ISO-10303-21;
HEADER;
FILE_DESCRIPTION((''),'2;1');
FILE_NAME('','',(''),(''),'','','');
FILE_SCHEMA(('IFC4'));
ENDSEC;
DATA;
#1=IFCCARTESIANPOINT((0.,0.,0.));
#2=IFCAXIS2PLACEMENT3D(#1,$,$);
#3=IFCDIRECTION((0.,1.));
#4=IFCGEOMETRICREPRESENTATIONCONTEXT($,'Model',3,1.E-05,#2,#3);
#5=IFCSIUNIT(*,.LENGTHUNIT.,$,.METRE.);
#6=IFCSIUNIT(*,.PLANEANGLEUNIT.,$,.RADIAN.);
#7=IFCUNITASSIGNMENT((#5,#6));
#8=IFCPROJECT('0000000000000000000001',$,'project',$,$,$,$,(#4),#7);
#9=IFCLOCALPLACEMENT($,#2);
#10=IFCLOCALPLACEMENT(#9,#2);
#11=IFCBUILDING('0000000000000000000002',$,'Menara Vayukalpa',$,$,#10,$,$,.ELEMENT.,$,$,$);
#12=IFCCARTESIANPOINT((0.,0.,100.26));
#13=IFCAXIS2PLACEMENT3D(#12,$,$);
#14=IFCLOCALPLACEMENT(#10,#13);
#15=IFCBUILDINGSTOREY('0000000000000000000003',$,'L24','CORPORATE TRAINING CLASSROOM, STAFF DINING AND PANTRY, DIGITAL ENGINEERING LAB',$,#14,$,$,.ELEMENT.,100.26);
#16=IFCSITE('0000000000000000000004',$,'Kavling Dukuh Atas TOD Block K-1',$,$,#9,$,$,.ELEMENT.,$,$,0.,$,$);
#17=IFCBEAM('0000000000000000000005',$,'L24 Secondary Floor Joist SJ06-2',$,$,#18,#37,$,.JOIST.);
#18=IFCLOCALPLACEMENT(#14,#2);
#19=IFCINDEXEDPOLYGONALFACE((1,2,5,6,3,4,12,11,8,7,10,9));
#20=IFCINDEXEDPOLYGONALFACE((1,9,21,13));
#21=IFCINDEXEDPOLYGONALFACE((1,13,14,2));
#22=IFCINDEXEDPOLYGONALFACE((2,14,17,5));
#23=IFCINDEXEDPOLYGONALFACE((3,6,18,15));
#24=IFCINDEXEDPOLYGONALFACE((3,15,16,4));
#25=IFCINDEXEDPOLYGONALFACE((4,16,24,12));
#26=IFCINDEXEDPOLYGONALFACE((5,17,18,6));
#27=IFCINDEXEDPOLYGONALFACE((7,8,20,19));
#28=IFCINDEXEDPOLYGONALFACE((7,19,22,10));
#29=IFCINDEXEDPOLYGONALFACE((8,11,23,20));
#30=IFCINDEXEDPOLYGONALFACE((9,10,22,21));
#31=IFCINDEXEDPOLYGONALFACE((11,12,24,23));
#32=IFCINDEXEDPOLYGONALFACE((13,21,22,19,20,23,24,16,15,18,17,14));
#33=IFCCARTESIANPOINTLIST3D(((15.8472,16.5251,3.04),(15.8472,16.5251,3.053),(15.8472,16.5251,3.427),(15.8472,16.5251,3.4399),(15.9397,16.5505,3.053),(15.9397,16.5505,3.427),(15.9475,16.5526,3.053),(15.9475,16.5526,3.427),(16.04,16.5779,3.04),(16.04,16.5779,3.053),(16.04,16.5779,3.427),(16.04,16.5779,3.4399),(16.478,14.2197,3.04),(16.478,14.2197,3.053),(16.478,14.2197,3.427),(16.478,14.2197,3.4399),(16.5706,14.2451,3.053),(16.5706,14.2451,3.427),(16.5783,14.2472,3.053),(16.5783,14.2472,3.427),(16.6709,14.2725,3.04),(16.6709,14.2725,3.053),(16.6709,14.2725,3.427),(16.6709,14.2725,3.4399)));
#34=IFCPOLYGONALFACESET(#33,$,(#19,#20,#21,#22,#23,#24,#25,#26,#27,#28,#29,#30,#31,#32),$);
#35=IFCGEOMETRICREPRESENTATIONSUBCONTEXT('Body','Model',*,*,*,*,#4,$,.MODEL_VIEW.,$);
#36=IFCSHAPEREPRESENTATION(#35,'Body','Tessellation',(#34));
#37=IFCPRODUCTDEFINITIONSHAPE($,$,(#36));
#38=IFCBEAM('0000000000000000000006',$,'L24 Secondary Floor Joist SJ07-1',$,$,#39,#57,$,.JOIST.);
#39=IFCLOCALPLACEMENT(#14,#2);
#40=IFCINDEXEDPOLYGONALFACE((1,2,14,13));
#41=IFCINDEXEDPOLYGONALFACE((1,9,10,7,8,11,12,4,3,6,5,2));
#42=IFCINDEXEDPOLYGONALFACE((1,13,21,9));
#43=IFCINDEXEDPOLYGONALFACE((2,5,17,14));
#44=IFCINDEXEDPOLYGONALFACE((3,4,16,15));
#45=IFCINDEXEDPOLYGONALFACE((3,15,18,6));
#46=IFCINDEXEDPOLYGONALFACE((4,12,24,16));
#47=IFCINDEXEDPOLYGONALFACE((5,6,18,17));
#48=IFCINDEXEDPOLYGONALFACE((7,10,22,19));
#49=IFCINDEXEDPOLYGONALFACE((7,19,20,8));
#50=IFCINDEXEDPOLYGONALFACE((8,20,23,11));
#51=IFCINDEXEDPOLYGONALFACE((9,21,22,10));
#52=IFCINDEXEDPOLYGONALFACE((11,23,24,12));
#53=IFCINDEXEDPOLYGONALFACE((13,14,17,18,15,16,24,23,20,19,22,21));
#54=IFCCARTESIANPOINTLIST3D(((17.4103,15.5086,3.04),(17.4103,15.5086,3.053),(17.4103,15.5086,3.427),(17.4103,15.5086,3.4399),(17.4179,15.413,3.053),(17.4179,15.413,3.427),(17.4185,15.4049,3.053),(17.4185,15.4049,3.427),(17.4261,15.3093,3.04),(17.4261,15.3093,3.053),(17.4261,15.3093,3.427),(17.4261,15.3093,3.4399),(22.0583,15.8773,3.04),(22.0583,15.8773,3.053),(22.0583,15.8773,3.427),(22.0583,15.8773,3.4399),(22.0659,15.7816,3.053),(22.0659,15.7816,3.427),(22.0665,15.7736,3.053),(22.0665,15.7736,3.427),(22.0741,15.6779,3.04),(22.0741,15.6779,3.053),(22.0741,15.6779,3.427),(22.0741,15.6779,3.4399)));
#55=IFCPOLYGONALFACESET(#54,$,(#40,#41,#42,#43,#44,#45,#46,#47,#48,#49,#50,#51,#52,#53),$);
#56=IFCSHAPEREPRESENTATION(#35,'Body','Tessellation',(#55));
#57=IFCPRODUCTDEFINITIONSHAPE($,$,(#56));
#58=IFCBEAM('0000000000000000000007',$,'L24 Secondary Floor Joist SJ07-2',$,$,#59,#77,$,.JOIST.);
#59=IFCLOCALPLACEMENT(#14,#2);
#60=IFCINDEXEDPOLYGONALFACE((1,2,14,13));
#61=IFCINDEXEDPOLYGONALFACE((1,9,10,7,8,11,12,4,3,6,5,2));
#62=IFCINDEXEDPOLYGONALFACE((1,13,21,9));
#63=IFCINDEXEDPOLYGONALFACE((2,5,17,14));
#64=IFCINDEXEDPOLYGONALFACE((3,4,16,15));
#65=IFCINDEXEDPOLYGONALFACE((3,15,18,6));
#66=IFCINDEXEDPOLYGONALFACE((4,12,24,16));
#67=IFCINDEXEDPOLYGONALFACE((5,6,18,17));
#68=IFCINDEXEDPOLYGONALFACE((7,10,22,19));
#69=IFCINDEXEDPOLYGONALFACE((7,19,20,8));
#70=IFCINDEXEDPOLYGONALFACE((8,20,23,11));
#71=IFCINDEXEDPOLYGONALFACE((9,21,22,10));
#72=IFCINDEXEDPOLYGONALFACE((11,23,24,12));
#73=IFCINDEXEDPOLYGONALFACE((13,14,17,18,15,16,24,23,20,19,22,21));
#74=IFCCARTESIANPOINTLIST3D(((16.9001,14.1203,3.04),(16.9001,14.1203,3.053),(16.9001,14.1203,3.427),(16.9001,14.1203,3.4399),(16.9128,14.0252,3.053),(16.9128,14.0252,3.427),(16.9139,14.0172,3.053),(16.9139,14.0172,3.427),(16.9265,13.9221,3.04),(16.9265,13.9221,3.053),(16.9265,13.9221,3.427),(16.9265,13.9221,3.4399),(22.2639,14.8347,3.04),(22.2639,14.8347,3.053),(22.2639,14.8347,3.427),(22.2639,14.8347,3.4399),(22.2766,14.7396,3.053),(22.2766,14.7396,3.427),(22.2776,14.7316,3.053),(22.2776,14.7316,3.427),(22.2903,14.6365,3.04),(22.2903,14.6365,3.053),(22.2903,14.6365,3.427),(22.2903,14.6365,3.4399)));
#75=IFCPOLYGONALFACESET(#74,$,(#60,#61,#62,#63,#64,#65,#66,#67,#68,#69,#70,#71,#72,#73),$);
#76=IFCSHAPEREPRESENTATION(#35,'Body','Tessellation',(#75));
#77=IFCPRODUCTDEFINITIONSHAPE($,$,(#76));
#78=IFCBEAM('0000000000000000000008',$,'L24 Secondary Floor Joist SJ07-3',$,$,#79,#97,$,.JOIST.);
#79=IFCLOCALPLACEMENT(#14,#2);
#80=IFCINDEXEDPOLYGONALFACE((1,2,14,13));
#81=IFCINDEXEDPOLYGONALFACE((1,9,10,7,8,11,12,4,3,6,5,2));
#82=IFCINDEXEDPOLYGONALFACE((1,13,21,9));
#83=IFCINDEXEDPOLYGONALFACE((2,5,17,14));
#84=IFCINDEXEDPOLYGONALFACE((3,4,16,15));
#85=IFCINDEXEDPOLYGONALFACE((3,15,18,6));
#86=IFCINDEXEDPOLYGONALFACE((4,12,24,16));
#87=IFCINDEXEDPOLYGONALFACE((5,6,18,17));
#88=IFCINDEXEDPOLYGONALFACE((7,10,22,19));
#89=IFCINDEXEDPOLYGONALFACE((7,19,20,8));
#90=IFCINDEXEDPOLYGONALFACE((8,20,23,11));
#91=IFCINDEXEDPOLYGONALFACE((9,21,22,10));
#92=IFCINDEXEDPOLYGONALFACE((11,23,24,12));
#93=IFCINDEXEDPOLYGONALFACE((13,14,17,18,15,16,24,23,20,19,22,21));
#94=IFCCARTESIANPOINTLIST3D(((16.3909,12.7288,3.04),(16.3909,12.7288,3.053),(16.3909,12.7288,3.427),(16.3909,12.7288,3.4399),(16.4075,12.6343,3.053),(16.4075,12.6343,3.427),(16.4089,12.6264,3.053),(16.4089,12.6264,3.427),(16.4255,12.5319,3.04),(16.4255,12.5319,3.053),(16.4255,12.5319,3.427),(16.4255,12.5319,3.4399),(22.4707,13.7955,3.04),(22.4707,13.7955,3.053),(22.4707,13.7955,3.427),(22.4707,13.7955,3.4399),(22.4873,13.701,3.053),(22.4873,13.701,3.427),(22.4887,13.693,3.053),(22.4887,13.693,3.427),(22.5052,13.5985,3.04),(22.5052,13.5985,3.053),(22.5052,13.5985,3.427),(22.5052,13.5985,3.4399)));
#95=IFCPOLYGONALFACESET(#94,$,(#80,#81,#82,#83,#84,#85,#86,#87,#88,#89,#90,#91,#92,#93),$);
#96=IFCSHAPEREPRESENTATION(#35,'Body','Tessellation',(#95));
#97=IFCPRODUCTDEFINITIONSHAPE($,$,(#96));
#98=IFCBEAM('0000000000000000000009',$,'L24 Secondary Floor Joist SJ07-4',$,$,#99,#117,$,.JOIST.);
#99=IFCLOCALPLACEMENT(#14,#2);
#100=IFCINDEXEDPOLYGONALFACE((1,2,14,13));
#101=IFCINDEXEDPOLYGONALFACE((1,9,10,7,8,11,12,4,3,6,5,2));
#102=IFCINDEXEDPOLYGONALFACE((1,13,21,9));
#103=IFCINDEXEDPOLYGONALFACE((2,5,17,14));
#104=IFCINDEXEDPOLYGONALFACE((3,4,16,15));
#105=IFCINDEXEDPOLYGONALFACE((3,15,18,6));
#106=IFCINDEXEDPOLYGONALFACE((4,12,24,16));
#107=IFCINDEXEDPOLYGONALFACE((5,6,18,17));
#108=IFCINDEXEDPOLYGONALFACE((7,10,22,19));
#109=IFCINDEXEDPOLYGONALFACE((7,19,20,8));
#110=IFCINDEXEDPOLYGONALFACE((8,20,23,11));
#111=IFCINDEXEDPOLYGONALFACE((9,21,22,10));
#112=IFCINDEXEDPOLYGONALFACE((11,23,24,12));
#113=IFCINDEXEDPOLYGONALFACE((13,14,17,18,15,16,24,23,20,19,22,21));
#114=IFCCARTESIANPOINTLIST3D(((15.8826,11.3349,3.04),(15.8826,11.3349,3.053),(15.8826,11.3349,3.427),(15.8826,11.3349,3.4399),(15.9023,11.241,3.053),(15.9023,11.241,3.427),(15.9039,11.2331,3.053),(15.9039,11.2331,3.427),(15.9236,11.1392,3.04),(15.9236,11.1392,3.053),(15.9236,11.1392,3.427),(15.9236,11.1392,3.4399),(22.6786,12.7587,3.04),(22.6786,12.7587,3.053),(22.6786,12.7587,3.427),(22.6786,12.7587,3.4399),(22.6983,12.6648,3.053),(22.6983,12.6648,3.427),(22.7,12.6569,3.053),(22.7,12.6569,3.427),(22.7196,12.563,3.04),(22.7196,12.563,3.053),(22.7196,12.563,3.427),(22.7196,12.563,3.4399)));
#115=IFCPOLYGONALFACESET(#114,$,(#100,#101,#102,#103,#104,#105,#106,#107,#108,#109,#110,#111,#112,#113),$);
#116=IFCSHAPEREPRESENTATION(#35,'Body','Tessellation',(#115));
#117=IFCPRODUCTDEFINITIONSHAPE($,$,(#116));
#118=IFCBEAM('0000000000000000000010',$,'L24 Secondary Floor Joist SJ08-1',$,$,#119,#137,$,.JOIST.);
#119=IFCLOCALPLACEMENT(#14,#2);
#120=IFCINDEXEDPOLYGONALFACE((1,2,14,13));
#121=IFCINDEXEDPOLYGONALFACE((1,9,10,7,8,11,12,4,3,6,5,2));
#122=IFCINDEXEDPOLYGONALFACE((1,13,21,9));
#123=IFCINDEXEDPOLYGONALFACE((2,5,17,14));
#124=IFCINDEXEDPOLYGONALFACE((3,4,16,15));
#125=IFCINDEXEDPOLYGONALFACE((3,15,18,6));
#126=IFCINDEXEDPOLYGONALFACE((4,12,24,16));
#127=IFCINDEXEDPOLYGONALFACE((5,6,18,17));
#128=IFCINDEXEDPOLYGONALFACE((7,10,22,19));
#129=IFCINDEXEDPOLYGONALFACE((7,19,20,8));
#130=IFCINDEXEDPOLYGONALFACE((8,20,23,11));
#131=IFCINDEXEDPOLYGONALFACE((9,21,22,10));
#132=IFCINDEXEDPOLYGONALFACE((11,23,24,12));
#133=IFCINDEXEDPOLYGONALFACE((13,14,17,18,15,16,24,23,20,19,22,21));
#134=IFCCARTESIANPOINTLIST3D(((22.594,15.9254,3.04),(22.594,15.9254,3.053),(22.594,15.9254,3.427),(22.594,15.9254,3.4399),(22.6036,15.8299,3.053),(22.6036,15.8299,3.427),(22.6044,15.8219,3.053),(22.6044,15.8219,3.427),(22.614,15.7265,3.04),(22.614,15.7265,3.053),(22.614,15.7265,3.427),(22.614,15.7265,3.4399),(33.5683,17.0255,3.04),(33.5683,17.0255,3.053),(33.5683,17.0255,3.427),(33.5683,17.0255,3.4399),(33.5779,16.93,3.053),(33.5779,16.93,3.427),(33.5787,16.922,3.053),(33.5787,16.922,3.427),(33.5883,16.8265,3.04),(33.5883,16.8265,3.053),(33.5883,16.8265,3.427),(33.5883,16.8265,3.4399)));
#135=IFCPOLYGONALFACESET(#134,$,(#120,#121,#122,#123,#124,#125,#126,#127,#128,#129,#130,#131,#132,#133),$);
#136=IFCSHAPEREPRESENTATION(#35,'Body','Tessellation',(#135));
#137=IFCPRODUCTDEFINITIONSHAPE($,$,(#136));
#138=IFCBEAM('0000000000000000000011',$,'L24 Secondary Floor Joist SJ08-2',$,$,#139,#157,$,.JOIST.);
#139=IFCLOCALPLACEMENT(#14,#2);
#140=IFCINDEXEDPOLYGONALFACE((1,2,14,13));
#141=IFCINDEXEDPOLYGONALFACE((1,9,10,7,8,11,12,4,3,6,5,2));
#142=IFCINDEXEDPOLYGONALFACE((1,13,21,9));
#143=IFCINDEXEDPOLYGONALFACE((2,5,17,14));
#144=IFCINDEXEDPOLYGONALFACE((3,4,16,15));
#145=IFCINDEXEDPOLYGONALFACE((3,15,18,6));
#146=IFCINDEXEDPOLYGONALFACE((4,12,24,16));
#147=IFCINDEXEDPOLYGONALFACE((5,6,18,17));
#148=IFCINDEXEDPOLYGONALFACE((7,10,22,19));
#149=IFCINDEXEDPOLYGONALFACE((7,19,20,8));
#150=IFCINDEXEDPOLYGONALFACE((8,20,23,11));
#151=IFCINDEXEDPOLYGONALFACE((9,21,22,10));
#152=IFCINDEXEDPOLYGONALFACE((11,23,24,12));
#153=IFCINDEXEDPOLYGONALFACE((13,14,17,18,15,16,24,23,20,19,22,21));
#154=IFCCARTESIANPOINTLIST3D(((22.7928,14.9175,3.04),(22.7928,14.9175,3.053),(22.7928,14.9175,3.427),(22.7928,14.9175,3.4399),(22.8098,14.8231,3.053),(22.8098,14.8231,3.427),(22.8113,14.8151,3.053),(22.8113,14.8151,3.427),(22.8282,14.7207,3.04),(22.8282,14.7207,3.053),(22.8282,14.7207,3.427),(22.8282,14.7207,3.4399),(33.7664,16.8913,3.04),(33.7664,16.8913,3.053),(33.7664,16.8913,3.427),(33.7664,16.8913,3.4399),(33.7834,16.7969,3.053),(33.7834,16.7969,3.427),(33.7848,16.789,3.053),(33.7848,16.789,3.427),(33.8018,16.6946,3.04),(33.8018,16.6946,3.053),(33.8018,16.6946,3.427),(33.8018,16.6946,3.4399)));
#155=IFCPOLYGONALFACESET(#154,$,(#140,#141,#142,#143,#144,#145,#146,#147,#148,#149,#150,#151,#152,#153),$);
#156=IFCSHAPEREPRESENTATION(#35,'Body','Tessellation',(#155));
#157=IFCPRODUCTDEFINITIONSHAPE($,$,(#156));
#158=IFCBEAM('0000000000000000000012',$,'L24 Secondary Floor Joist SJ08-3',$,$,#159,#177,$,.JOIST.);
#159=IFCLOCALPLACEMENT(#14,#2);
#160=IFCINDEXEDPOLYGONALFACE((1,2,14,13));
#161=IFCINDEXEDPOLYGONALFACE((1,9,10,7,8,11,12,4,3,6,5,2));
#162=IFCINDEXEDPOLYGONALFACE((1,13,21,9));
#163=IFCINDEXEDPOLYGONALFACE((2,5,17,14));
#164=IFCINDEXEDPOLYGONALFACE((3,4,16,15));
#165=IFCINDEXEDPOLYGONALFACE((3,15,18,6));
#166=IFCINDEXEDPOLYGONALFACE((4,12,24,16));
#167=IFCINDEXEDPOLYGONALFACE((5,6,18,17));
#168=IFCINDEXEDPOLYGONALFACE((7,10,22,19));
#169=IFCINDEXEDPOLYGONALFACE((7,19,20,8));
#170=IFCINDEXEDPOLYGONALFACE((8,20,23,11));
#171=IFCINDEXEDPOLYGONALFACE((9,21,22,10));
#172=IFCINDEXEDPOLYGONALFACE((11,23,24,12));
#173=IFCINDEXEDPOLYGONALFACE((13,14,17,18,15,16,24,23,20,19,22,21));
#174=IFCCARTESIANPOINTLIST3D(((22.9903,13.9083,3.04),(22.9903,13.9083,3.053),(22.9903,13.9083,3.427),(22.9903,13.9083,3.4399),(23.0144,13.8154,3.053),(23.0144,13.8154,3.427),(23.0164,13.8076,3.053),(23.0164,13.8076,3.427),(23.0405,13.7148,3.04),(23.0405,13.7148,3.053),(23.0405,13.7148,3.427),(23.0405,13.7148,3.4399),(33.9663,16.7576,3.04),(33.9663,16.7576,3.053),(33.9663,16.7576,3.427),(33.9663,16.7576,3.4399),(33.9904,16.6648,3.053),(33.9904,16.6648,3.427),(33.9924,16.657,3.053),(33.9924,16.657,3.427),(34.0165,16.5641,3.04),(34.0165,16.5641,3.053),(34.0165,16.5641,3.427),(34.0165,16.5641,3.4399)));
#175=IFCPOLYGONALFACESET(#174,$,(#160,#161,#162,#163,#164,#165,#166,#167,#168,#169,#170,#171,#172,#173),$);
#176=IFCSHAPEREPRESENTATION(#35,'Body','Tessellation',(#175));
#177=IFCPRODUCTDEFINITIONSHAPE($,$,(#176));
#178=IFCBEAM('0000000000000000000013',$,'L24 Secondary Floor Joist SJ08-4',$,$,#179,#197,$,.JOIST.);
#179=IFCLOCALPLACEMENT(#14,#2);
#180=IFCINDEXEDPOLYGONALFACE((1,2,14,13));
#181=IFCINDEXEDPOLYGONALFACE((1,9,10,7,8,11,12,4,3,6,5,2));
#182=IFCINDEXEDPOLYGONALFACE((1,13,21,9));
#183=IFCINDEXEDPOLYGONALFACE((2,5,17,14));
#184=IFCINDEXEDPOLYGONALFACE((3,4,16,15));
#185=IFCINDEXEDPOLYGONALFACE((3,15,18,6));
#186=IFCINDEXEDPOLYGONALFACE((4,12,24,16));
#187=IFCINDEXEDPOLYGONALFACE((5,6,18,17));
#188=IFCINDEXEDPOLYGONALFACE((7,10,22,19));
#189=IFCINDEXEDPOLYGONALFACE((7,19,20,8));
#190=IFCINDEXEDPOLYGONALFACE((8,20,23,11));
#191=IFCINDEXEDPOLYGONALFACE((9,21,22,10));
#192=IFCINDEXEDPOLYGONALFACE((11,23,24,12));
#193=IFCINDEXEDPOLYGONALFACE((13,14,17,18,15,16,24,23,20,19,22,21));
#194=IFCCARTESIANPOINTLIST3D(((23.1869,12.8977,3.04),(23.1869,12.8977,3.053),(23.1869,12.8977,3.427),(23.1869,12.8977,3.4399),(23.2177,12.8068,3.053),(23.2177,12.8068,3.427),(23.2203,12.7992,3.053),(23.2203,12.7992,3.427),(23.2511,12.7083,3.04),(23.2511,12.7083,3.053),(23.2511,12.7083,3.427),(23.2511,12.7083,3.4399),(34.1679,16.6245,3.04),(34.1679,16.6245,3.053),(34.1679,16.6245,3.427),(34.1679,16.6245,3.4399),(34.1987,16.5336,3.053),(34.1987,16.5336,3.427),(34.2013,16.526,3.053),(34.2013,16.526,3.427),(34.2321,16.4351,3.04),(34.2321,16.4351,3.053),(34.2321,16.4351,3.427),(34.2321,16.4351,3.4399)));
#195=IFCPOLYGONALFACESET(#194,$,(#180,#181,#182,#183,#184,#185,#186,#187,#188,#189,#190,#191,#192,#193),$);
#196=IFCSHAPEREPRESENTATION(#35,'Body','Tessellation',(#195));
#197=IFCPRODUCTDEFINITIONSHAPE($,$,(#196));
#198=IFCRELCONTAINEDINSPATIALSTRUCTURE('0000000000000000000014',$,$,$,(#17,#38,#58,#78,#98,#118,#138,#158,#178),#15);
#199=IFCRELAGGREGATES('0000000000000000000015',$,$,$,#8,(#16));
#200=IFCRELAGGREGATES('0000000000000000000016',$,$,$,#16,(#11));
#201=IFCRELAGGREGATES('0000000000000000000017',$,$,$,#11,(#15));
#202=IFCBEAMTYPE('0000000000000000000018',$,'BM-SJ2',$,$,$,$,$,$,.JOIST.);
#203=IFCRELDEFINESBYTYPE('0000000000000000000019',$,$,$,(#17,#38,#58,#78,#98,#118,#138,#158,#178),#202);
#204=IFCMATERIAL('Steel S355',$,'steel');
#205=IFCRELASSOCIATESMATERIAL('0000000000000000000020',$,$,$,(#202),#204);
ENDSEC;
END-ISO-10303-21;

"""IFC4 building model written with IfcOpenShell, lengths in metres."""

from ifc_helpers import new_model, si_unit, direction, frame, origin, origin_2d, place, context, subcontext, project, spatial, i_section, extrude, material, material_profile, profile_set, type_object, element, save


model = new_model("IFC4")

# Units and contexts
model_context = context("Model", 3, precision=1e-05, world=origin(), true_north=direction((0.0, 1.0)))
body_context = subcontext(model_context, "Body", "Model", "MODEL_VIEW")
ifc_project = project(units=[si_unit("LENGTHUNIT", "METRE"), si_unit("PLANEANGLEUNIT", "RADIAN")], contexts=[model_context])

# Site, building, storey
site_placement = place(None, origin())
site = spatial("IfcSite", under=ifc_project, at=site_placement, Name="Kavling Dukuh Atas TOD Block K-1", CompositionType="ELEMENT", RefElevation=0.0)
building_placement = place(site_placement, origin())
building = spatial("IfcBuilding", under=site, at=building_placement, Name="Menara Vayukalpa", CompositionType="ELEMENT")
storey_placement = place(building_placement, frame((0.0, 0.0, 100.26)))
storey = spatial("IfcBuildingStorey", under=building, at=storey_placement, Name="L24", Description="CORPORATE TRAINING CLASSROOM, STAFF DINING AND PANTRY, DIGITAL ENGINEERING LAB", CompositionType="ELEMENT", Elevation=100.26)

# Beams
ifc_material_1 = material(Name="Steel S355", Category="steel")
ifc_material_profile_1 = material_profile(ifc_material_1, i_section(OverallWidth=0.2, OverallDepth=0.3999, WebThickness=0.0081, FlangeThickness=0.0129, at=origin_2d()), Name="WF 400x200x8x13")
ifc_profile_set_1 = profile_set([ifc_material_profile_1], Name="Steel S355")
beam_type_1 = type_object("IfcBeamType", Name="BM-SJ2", PredefinedType="JOIST", material=ifc_profile_set_1)
beam_1_placement = place(storey_placement, frame((15.9436, 16.5515, 3.24), z_axis=(0.263938, -0.96454, 0.0), x_axis=(0.96454, 0.263938, 0.0)))
element("IfcBeam", 1, at=beam_1_placement, inside=storey, type_object=beam_type_1, Name="L24 Secondary Floor Joist SJ06-2", PredefinedType="JOIST", context=body_context, shape_type="SweptSolid", body=[
    extrude(i_section(OverallWidth=0.2, OverallDepth=0.3999, WebThickness=0.0081, FlangeThickness=0.0129, at=origin_2d()), origin(), (0.0, 0.0, 1.0), 2.3901),
])
beam_2_placement = place(storey_placement, frame((17.4182, 15.4089, 3.24), z_axis=(0.996869, 0.079067, 0.0), x_axis=(-0.079067, 0.996869, 0.0)))
element("IfcBeam", 2, at=beam_2_placement, inside=storey, type_object=beam_type_1, Name="L24 Secondary Floor Joist SJ07-1", PredefinedType="JOIST", context=body_context, shape_type="SweptSolid", body=[
    extrude(i_section(OverallWidth=0.2, OverallDepth=0.3999, WebThickness=0.0081, FlangeThickness=0.0129, at=origin_2d()), origin(), (0.0, 0.0, 1.0), 4.6626),
])
beam_3_placement = place(storey_placement, frame((16.9133, 14.0212, 3.24), z_axis=(0.991248, 0.132016, 0.0), x_axis=(-0.132016, 0.991248, 0.0)))
element("IfcBeam", 3, at=beam_3_placement, inside=storey, type_object=beam_type_1, Name="L24 Secondary Floor Joist SJ07-2", PredefinedType="JOIST", context=body_context, shape_type="SweptSolid", body=[
    extrude(i_section(OverallWidth=0.2, OverallDepth=0.3999, WebThickness=0.0081, FlangeThickness=0.0129, at=origin_2d()), origin(), (0.0, 0.0, 1.0), 5.4111),
])
beam_4_placement = place(storey_placement, frame((16.4082, 12.6304, 3.24), z_axis=(0.984957, 0.172801, 0.0), x_axis=(-0.172801, 0.984957, 0.0)))
element("IfcBeam", 4, at=beam_4_placement, inside=storey, type_object=beam_type_1, Name="L24 Secondary Floor Joist SJ07-3", PredefinedType="JOIST", context=body_context, shape_type="SweptSolid", body=[
    extrude(i_section(OverallWidth=0.2, OverallDepth=0.3999, WebThickness=0.0081, FlangeThickness=0.0129, at=origin_2d()), origin(), (0.0, 0.0, 1.0), 6.1726),
])
beam_5_placement = place(storey_placement, frame((15.9031, 11.2371, 3.24), z_axis=(0.978751, 0.205054, 0.0), x_axis=(-0.205054, 0.978751, 0.0)))
element("IfcBeam", 5, at=beam_5_placement, inside=storey, type_object=beam_type_1, Name="L24 Secondary Floor Joist SJ07-4", PredefinedType="JOIST", context=body_context, shape_type="SweptSolid", body=[
    extrude(i_section(OverallWidth=0.2, OverallDepth=0.3999, WebThickness=0.0081, FlangeThickness=0.0129, at=origin_2d()), origin(), (0.0, 0.0, 1.0), 6.9436),
])
beam_6_placement = place(storey_placement, frame((22.604, 15.8259, 3.24), z_axis=(0.995013, 0.099743, 0.0), x_axis=(-0.099743, 0.995013, 0.0)))
element("IfcBeam", 6, at=beam_6_placement, inside=storey, type_object=beam_type_1, Name="L24 Secondary Floor Joist SJ08-1", PredefinedType="JOIST", context=body_context, shape_type="SweptSolid", body=[
    extrude(i_section(OverallWidth=0.2, OverallDepth=0.3999, WebThickness=0.0081, FlangeThickness=0.0129, at=origin_2d()), origin(), (0.0, 0.0, 1.0), 11.0293),
])
beam_7_placement = place(storey_placement, frame((22.8105, 14.8191, 3.24), z_axis=(0.984205, 0.177033, 0.0), x_axis=(-0.177033, 0.984205, 0.0)))
element("IfcBeam", 7, at=beam_7_placement, inside=storey, type_object=beam_type_1, Name="L24 Secondary Floor Joist SJ08-2", PredefinedType="JOIST", context=body_context, shape_type="SweptSolid", body=[
    extrude(i_section(OverallWidth=0.2, OverallDepth=0.3999, WebThickness=0.0081, FlangeThickness=0.0129, at=origin_2d()), origin(), (0.0, 0.0, 1.0), 11.1497),
])
beam_8_placement = place(storey_placement, frame((23.0154, 13.8115, 3.24), z_axis=(0.967917, 0.251269, 0.0), x_axis=(-0.251269, 0.967917, 0.0)))
element("IfcBeam", 8, at=beam_8_placement, inside=storey, type_object=beam_type_1, Name="L24 Secondary Floor Joist SJ08-3", PredefinedType="JOIST", context=body_context, shape_type="SweptSolid", body=[
    extrude(i_section(OverallWidth=0.2, OverallDepth=0.3999, WebThickness=0.0081, FlangeThickness=0.0129, at=origin_2d()), origin(), (0.0, 0.0, 1.0), 11.3398),
])
beam_9_placement = place(storey_placement, frame((23.219, 12.803, 3.24), z_axis=(0.946949, 0.321383, 0.0), x_axis=(-0.321383, 0.946949, 0.0)))
element("IfcBeam", 9, at=beam_9_placement, inside=storey, type_object=beam_type_1, Name="L24 Secondary Floor Joist SJ08-4", PredefinedType="JOIST", context=body_context, shape_type="SweptSolid", body=[
    extrude(i_section(OverallWidth=0.2, OverallDepth=0.3999, WebThickness=0.0081, FlangeThickness=0.0129, at=origin_2d()), origin(), (0.0, 0.0, 1.0), 11.5962),
])

save(model, "model.ifc")
